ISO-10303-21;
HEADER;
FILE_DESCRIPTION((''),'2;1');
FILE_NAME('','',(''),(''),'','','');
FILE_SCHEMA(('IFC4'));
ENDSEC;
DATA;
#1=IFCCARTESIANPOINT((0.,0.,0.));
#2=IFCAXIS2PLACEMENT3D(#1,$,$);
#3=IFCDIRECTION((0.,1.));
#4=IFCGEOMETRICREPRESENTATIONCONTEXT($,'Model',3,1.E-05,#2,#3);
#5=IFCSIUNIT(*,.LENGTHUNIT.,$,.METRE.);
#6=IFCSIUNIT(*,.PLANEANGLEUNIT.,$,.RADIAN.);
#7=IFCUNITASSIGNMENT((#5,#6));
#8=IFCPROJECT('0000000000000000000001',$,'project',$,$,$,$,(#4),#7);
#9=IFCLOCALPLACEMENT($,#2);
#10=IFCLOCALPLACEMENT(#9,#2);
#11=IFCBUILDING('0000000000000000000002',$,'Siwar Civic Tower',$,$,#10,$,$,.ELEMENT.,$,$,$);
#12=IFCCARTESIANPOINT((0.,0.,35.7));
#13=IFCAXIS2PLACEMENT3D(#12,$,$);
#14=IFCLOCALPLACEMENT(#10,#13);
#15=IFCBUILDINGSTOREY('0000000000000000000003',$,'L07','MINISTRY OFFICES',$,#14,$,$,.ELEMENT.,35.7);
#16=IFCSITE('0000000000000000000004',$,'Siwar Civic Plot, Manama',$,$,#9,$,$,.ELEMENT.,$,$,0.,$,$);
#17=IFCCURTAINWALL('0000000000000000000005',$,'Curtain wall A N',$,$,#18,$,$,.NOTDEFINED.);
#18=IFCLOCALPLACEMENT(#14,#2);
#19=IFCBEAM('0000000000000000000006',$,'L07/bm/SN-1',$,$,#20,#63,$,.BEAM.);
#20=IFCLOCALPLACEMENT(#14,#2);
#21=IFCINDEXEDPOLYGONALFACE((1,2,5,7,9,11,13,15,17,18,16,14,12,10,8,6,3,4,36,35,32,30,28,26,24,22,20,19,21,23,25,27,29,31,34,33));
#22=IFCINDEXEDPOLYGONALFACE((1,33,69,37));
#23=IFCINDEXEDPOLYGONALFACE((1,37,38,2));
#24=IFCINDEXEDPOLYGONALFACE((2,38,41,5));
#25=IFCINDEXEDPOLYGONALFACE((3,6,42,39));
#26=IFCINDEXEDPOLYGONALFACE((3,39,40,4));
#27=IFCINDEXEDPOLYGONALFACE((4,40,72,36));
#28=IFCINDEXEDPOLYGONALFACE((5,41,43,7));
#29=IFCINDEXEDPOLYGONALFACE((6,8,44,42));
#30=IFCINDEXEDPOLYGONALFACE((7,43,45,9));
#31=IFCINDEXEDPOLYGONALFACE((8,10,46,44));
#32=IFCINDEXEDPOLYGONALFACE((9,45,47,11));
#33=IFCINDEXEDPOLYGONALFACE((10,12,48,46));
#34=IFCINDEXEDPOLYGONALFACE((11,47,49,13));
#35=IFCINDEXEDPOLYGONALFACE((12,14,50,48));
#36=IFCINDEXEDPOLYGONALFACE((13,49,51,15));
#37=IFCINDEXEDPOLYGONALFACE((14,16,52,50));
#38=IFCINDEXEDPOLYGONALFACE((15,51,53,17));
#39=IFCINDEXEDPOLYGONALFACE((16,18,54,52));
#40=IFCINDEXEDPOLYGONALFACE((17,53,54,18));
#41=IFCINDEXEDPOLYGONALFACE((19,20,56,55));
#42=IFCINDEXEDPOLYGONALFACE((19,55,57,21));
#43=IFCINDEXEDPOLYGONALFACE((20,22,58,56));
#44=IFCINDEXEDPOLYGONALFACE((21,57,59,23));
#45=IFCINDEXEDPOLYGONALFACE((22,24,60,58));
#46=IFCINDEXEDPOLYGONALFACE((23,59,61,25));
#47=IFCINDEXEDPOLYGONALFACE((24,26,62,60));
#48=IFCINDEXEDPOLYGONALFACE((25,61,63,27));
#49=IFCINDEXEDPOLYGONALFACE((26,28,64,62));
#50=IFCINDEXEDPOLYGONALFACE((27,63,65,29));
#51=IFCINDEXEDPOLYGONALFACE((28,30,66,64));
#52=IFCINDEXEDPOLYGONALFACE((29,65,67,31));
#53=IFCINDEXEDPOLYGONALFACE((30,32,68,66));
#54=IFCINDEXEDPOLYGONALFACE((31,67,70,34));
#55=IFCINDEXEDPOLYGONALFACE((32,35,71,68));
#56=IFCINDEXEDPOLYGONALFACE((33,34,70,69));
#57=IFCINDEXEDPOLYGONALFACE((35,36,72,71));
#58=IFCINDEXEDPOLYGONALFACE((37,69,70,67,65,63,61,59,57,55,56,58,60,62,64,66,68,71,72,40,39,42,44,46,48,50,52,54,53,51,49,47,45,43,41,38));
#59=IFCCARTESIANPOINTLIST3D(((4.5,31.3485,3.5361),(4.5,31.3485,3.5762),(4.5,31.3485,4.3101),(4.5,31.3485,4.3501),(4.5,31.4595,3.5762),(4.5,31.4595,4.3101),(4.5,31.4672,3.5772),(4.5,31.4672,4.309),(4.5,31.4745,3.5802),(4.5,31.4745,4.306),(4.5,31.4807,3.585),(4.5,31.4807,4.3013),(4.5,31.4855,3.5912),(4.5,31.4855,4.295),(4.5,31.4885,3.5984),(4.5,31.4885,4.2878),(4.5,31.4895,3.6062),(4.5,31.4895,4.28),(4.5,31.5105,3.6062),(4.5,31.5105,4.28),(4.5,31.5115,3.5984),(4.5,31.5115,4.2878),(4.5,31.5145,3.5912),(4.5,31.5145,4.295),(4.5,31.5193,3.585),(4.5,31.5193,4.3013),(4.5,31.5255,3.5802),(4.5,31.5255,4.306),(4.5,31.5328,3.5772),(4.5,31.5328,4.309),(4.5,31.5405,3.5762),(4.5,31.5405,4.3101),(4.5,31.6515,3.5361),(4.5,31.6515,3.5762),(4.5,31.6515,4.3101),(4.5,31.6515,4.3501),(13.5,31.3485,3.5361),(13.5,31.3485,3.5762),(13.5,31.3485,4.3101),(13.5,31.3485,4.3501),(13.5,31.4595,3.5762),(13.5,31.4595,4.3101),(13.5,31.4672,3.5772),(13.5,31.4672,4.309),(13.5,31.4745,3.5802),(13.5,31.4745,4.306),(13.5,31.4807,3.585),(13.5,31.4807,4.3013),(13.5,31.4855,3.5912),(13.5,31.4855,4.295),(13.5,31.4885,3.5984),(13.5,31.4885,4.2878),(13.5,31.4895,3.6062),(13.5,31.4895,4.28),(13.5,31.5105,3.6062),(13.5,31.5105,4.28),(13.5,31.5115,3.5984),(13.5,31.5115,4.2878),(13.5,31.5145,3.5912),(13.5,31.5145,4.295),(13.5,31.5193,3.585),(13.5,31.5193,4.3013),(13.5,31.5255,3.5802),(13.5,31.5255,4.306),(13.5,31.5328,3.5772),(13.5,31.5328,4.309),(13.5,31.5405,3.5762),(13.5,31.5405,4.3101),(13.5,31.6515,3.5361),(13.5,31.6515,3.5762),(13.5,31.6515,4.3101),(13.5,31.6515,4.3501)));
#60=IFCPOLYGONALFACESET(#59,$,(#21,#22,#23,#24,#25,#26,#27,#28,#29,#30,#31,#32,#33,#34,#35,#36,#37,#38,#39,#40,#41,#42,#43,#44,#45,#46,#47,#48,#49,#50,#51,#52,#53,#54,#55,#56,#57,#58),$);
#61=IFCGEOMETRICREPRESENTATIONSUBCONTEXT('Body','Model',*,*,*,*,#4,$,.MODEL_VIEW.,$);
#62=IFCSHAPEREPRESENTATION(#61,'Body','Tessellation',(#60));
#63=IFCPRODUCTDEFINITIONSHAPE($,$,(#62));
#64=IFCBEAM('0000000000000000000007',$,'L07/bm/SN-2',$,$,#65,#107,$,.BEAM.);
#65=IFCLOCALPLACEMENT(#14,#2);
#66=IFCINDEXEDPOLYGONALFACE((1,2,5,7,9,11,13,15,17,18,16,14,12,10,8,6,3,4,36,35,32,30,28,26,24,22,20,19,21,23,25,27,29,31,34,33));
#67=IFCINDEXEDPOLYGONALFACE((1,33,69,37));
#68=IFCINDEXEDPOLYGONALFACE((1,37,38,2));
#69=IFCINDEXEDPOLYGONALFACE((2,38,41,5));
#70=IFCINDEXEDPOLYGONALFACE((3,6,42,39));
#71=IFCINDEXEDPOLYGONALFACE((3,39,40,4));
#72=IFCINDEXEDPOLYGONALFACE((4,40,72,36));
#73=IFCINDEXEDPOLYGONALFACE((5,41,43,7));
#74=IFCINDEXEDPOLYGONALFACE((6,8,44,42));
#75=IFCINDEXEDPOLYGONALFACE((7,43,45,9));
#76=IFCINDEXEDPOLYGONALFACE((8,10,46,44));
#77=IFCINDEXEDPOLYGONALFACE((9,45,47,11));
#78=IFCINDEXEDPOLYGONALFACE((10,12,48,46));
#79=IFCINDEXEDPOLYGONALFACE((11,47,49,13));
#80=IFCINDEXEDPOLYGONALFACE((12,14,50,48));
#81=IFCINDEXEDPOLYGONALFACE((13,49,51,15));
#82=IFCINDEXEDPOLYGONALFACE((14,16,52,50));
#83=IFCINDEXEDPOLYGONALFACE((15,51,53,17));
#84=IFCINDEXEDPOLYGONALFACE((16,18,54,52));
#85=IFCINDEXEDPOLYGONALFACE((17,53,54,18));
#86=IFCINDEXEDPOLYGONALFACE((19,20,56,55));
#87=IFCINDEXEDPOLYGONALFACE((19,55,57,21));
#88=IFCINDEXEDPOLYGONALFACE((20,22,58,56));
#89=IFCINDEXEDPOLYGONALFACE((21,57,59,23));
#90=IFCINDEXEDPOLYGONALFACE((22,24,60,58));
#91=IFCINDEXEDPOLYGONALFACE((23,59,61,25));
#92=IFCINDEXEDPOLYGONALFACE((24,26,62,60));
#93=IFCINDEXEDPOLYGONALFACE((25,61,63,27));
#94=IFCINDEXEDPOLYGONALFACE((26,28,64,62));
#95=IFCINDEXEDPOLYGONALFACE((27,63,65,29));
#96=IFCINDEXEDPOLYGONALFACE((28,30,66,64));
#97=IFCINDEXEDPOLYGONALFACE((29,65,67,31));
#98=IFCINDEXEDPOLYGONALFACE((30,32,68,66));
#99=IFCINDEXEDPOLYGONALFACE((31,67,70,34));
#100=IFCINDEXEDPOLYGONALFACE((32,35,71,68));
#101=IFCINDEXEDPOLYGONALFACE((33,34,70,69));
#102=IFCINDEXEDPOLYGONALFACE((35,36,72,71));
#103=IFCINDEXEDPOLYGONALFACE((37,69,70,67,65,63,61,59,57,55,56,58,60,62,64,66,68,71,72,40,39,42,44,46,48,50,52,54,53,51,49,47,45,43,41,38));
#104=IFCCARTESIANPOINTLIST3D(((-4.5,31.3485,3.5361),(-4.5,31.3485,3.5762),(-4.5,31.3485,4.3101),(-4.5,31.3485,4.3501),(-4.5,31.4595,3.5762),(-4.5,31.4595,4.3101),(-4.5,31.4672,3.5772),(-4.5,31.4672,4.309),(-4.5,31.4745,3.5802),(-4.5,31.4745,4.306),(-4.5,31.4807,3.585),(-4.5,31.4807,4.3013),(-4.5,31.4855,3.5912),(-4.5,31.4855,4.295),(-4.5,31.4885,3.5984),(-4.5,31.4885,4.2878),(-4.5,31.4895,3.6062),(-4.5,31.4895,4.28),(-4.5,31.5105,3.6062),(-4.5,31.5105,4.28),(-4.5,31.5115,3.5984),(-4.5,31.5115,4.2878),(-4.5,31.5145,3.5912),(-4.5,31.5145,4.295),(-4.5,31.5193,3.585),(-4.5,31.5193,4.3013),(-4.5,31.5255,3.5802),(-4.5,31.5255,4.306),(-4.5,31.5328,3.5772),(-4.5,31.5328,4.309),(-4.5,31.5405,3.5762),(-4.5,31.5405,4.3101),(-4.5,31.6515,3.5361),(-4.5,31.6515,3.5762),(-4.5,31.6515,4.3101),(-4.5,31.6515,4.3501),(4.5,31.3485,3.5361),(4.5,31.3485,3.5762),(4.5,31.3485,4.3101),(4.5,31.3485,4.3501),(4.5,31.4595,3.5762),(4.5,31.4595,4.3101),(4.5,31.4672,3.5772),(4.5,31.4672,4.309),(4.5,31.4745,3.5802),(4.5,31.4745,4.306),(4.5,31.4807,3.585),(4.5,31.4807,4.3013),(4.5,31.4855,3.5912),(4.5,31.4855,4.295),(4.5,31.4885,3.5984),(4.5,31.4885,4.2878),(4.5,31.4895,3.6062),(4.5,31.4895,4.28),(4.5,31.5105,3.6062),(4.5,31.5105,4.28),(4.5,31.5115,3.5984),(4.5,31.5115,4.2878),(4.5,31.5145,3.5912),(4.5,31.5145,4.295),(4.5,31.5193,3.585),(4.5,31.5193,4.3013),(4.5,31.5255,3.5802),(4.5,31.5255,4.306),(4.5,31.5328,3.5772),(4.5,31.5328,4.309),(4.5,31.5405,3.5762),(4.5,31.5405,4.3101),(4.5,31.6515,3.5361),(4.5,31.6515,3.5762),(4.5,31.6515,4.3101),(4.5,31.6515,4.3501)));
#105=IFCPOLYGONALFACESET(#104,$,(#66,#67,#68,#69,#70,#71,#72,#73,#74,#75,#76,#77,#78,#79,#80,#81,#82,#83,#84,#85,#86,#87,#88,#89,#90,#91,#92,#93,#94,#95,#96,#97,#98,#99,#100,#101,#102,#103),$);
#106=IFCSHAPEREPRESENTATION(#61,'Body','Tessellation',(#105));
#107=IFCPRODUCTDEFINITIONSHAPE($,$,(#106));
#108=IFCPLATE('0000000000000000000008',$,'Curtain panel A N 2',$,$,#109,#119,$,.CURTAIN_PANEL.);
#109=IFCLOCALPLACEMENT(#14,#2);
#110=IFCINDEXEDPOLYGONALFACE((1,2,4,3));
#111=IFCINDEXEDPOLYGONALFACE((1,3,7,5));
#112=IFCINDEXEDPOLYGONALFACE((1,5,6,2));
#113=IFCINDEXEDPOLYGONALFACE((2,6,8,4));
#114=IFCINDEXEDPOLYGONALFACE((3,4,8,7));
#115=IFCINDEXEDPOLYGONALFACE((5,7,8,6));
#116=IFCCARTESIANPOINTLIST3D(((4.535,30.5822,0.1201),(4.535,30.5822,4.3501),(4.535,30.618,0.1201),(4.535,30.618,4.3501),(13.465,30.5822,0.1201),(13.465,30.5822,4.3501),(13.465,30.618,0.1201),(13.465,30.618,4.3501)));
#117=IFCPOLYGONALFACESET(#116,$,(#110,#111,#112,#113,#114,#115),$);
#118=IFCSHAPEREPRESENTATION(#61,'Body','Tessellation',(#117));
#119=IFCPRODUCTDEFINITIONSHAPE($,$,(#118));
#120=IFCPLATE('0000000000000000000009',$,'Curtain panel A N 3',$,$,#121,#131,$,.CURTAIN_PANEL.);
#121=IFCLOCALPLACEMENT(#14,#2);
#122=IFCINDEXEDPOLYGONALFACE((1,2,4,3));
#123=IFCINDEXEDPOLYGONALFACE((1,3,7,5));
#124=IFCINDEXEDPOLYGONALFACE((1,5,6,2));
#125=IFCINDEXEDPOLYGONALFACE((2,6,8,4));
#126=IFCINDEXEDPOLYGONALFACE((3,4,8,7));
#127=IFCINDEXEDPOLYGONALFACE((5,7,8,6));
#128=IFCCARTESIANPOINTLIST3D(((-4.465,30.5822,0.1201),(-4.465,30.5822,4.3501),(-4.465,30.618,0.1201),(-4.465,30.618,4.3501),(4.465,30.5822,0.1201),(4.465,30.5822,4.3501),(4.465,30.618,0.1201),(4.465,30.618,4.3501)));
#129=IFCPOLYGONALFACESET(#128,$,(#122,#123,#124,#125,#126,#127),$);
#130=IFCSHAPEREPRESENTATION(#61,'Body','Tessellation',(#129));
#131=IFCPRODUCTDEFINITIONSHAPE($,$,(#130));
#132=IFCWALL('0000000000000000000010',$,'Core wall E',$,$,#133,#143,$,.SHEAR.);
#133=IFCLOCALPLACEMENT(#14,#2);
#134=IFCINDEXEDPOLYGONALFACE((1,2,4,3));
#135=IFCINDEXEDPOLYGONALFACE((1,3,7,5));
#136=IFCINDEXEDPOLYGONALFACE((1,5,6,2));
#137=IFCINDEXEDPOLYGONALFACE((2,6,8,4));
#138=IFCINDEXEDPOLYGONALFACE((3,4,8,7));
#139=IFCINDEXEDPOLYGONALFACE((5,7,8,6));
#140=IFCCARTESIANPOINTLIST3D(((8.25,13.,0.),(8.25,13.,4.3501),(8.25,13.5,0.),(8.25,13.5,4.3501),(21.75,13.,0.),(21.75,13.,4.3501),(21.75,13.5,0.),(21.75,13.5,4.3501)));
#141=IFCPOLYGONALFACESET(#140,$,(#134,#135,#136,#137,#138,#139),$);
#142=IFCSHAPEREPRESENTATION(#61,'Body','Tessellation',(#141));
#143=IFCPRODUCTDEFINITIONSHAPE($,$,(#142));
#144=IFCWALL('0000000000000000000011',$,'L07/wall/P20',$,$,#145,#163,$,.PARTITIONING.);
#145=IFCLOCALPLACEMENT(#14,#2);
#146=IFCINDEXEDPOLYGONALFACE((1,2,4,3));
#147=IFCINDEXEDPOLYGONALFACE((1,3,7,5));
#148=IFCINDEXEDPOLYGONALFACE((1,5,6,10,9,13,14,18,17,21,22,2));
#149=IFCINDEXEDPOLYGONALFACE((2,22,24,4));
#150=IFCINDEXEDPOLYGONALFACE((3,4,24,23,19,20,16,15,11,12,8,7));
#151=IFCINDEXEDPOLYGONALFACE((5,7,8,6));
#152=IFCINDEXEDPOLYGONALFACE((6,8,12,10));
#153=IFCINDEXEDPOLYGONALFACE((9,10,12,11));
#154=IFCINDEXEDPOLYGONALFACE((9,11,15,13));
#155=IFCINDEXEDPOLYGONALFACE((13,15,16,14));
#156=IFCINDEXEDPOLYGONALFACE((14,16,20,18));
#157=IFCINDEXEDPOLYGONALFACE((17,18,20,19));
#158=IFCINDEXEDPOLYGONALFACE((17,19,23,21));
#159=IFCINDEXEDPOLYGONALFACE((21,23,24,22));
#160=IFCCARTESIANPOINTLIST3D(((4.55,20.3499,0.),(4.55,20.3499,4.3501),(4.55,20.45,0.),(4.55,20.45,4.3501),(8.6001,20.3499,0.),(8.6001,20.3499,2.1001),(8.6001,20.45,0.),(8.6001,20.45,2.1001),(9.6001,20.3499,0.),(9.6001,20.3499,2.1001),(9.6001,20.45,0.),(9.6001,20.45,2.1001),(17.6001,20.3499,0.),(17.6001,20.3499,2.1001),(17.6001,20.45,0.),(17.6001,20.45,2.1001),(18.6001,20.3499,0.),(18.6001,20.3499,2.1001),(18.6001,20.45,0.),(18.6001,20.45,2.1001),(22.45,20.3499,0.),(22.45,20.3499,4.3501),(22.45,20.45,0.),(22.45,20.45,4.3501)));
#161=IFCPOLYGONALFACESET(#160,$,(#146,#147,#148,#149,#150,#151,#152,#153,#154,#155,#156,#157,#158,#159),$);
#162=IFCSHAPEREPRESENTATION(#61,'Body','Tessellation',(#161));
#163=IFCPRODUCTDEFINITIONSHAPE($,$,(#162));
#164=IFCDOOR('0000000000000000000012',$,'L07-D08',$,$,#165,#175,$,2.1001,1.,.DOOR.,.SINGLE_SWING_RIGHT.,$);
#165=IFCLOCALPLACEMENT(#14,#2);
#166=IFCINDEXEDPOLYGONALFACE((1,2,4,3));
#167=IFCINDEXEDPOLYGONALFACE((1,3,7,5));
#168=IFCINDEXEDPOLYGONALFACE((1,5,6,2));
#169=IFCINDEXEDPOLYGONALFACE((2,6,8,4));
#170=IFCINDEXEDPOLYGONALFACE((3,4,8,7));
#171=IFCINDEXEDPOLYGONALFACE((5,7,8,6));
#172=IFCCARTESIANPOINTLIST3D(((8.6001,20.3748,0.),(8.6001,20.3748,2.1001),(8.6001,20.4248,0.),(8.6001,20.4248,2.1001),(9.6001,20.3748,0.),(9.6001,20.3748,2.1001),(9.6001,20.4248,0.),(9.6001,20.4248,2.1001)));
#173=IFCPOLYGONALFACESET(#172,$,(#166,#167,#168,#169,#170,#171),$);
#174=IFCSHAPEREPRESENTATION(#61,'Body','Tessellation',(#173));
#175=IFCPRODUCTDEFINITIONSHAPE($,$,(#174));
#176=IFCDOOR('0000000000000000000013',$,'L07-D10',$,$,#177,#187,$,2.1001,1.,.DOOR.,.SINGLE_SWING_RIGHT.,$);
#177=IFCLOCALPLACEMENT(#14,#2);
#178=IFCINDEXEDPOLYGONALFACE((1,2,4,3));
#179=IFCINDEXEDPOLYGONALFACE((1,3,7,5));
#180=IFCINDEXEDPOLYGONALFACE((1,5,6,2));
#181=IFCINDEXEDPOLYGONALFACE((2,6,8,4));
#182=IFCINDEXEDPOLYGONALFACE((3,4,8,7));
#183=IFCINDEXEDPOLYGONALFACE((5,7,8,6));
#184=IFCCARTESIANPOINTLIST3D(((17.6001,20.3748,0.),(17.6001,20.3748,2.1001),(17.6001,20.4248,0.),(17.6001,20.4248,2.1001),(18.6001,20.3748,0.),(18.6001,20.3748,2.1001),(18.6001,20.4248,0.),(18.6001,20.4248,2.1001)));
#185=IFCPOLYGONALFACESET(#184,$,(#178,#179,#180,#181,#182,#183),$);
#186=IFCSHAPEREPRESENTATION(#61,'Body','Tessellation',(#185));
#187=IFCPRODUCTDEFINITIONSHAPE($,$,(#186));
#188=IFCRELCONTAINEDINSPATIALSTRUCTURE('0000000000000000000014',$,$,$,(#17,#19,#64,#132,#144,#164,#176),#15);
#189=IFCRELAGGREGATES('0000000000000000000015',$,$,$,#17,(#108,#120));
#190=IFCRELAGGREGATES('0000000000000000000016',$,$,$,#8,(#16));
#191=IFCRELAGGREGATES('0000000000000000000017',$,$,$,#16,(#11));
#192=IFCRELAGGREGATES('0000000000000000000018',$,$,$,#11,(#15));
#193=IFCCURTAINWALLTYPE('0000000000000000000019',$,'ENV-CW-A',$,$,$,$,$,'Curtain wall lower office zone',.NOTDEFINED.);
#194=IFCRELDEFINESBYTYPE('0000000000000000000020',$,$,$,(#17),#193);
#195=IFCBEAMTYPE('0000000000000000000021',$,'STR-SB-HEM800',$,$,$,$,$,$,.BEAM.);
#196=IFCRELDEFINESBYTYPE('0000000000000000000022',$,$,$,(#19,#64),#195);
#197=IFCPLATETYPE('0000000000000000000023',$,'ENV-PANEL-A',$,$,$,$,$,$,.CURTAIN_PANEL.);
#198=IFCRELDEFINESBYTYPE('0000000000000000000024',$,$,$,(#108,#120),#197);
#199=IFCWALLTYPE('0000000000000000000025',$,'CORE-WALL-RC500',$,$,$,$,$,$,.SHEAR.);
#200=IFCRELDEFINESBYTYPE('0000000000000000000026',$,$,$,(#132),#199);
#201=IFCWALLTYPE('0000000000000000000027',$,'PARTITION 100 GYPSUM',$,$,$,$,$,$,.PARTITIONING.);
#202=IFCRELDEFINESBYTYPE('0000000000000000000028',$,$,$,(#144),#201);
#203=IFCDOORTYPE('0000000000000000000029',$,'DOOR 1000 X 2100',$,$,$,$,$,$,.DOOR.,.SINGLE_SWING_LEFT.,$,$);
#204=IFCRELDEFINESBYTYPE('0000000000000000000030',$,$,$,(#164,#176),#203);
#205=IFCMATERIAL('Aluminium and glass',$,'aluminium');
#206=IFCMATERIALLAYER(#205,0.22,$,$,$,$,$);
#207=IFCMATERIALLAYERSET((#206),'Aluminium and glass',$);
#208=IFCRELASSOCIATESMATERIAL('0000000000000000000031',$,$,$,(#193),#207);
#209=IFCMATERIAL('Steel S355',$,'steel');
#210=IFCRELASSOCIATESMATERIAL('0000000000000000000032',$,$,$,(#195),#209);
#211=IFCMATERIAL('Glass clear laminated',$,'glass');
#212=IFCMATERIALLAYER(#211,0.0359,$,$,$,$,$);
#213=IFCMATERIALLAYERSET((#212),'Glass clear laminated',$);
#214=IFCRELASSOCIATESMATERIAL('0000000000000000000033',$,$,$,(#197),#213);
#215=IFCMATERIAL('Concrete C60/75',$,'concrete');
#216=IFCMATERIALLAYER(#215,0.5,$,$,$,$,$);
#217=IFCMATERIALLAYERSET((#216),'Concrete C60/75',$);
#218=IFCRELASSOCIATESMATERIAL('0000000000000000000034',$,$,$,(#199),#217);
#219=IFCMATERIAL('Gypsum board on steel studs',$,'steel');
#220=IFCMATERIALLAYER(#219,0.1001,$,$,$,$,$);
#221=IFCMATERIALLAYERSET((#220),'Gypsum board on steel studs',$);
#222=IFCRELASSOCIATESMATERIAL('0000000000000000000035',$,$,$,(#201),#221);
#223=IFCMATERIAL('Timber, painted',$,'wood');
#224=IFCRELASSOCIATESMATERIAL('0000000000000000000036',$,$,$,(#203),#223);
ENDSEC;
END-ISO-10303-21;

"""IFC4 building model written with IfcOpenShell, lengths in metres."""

from ifc_helpers import new_model, si_unit, direction, frame, frame_2d, origin, origin_2d, place, context, subcontext, project, spatial, rectangle, i_section, extrude, material, layer, layer_set, material_profile, profile_set, type_object, element, fill, aggregate, save


model = new_model("IFC4")

# Units and contexts
model_context = context("Model", 3, precision=1e-05, world=origin(), true_north=direction((0.0, 1.0)))
body_context = subcontext(model_context, "Body", "Model", "MODEL_VIEW")
ifc_project = project(units=[si_unit("LENGTHUNIT", "METRE"), si_unit("PLANEANGLEUNIT", "RADIAN")], contexts=[model_context])

# Site, building, storey
site_placement = place(None, origin())
site = spatial("IfcSite", under=ifc_project, at=site_placement, Name="Siwar Civic Plot, Manama", CompositionType="ELEMENT", RefElevation=0.0)
building_placement = place(site_placement, origin())
building = spatial("IfcBuilding", under=site, at=building_placement, Name="Siwar Civic Tower", CompositionType="ELEMENT")
storey_placement = place(building_placement, frame((0.0, 0.0, 35.7)))
storey = spatial("IfcBuildingStorey", under=building, at=storey_placement, Name="L07", Description="MINISTRY OFFICES", CompositionType="ELEMENT", Elevation=35.7)

# Curtain wall
ifc_material_1 = material(Name="Aluminium and glass", Category="aluminium")
ifc_layer_1 = layer(ifc_material_1, 0.22)
ifc_layer_set_1 = layer_set([ifc_layer_1], Name="Aluminium and glass")
curtain_wall_type = type_object("IfcCurtainWallType", Name="ENV-CW-A", ElementType="Curtain wall lower office zone", PredefinedType="NOTDEFINED", material=ifc_layer_set_1)
curtain_wall_placement = place(storey_placement, origin())
curtain_wall = element("IfcCurtainWall", 1, at=curtain_wall_placement, inside=storey, type_object=curtain_wall_type, Name="Curtain wall A N", PredefinedType="NOTDEFINED")

# Beams
ifc_material_2 = material(Name="Steel S355", Category="steel")
ifc_material_profile_1 = material_profile(ifc_material_2, i_section(OverallWidth=0.303, OverallDepth=0.814, WebThickness=0.021, FlangeThickness=0.04, FilletRadius=0.03, at=origin_2d()), Name="HEM800")
ifc_profile_set_1 = profile_set([ifc_material_profile_1], Name="Steel S355")
beam_type_1 = type_object("IfcBeamType", Name="STR-SB-HEM800", PredefinedType="BEAM", material=ifc_profile_set_1)
for number, where, z_axis, x_axis, name in (
    (2, (13.5, 31.5, 3.9431), (-1.0, 0.0, 0.0), (0.0, -1.0, 0.0), "L07/bm/SN-1"),
    (3, (4.5, 31.5, 3.9431), (-1.0, 0.0, 0.0), (0.0, -1.0, 0.0), "L07/bm/SN-2"),
):
    element("IfcBeam", number, at=place(storey_placement, frame(where, z_axis=z_axis, x_axis=x_axis)), inside=storey, type_object=beam_type_1, Name=name, PredefinedType="BEAM", context=body_context, shape_type="SweptSolid", body=[
        extrude(i_section(OverallWidth=0.303, OverallDepth=0.814, WebThickness=0.021, FlangeThickness=0.04, FilletRadius=0.03, at=origin_2d()), origin(), (0.0, 0.0, 1.0), 9.0),
    ])

# Plates
ifc_material_3 = material(Name="Glass clear laminated", Category="glass")
ifc_layer_2 = layer(ifc_material_3, 0.0359)
ifc_layer_set_2 = layer_set([ifc_layer_2], Name="Glass clear laminated")
plate_type = type_object("IfcPlateType", Name="ENV-PANEL-A", PredefinedType="CURTAIN_PANEL", material=ifc_layer_set_2)
plate_1_placement = place(storey_placement, frame((9.0, 30.6001, 0.1201), z_axis=(0.0, 0.0, 1.0), x_axis=(-1.0, 0.0, 0.0)))
plate_1 = element("IfcPlate", 4, at=plate_1_placement, type_object=plate_type, Name="Curtain panel A N 2", PredefinedType="CURTAIN_PANEL", context=body_context, shape_type="SweptSolid", body=[
    extrude(rectangle(XDim=8.9299, YDim=0.0359, at=origin_2d()), origin(), (0.0, 0.0, 1.0), 4.23),
])
plate_2_placement = place(storey_placement, frame((0.0, 30.6001, 0.1201), z_axis=(0.0, 0.0, 1.0), x_axis=(-1.0, 0.0, 0.0)))
plate_2 = element("IfcPlate", 5, at=plate_2_placement, type_object=plate_type, Name="Curtain panel A N 3", PredefinedType="CURTAIN_PANEL", context=body_context, shape_type="SweptSolid", body=[
    extrude(rectangle(XDim=8.9299, YDim=0.0359, at=origin_2d()), origin(), (0.0, 0.0, 1.0), 4.23),
])
aggregate(curtain_wall, [plate_1, plate_2])

# Wall
ifc_material_4 = material(Name="Concrete C60/75", Category="concrete")
ifc_layer_3 = layer(ifc_material_4, 0.5)
ifc_layer_set_3 = layer_set([ifc_layer_3], Name="Concrete C60/75")
wall_type_1 = type_object("IfcWallType", Name="CORE-WALL-RC500", PredefinedType="SHEAR", material=ifc_layer_set_3)
wall_1_placement = place(storey_placement, frame((8.25, 13.25, 0.0), z_axis=(0.0, 0.0, 1.0), x_axis=(1.0, 0.0, 0.0)))
element("IfcWall", 6, at=wall_1_placement, inside=storey, type_object=wall_type_1, Name="Core wall E", PredefinedType="SHEAR", context=body_context, shape_type="SweptSolid", body=[
    extrude(rectangle(XDim=13.5, YDim=0.5, at=frame_2d((6.75, 0.0))), origin(), (0.0, 0.0, 1.0), 4.3501),
])

# Wall, openings, doors
ifc_material_5 = material(Name="Gypsum board on steel studs", Category="steel")
ifc_layer_4 = layer(ifc_material_5, 0.1001)
ifc_layer_set_4 = layer_set([ifc_layer_4], Name="Gypsum board on steel studs")
wall_type_2 = type_object("IfcWallType", Name="PARTITION 100 GYPSUM", PredefinedType="PARTITIONING", material=ifc_layer_set_4)
wall_2_placement = place(storey_placement, frame((4.55, 20.3999, 0.0), z_axis=(0.0, 0.0, 1.0), x_axis=(1.0, 0.0, 0.0)))
wall_2 = element("IfcWall", 7, at=wall_2_placement, inside=storey, type_object=wall_type_2, Name="L07/wall/P20", PredefinedType="PARTITIONING", context=body_context, shape_type="SweptSolid", body=[
    extrude(rectangle(XDim=17.8999, YDim=0.1001, at=frame_2d((8.95, 0.0))), origin(), (0.0, 0.0, 1.0), 4.3501),
])
opening_1_placement = place(wall_2_placement, frame((4.05, 0.0, 0.0)))
opening_1 = element("IfcOpeningElement", 8, at=opening_1_placement, cuts=wall_2, PredefinedType="OPENING", context=body_context, shape_type="SweptSolid", body=[
    extrude(rectangle(XDim=1.0, YDim=2.1001, at=frame_2d((0.5, 1.05))), frame((0.0, 0.0601, 0.0), z_axis=(0.0, -1.0, 0.0), x_axis=(1.0, 0.0, 0.0)), (0.0, 0.0, 1.0), 0.1201),
])
opening_2_placement = place(wall_2_placement, frame((13.05, 0.0, 0.0)))
opening_2 = element("IfcOpeningElement", 9, at=opening_2_placement, cuts=wall_2, PredefinedType="OPENING", context=body_context, shape_type="SweptSolid", body=[
    extrude(rectangle(XDim=1.0, YDim=2.1001, at=frame_2d((0.5, 1.05))), frame((0.0, 0.0601, 0.0), z_axis=(0.0, -1.0, 0.0), x_axis=(1.0, 0.0, 0.0)), (0.0, 0.0, 1.0), 0.1201),
])
ifc_material_6 = material(Name="Timber, painted", Category="wood")
door_type = type_object("IfcDoorType", Name="DOOR 1000 X 2100", OperationType="SINGLE_SWING_LEFT", PredefinedType="DOOR", material=ifc_material_6)
door_1_placement = place(opening_1_placement, origin())
door_1 = element("IfcDoor", 10, at=door_1_placement, inside=storey, type_object=door_type, Name="L07-D08", OperationType="SINGLE_SWING_RIGHT", OverallHeight=2.1001, OverallWidth=1.0, PredefinedType="DOOR", context=body_context, shape_type="SweptSolid", body=[
    extrude(rectangle(XDim=1.0, YDim=2.1001, at=frame_2d((0.5, 1.05))), frame((0.0, 0.0249, 0.0), z_axis=(0.0, -1.0, 0.0), x_axis=(1.0, 0.0, 0.0)), (0.0, 0.0, 1.0), 0.05),
])
fill(opening_1, door_1)
door_2_placement = place(opening_2_placement, origin())
door_2 = element("IfcDoor", 11, at=door_2_placement, inside=storey, type_object=door_type, Name="L07-D10", OperationType="SINGLE_SWING_RIGHT", OverallHeight=2.1001, OverallWidth=1.0, PredefinedType="DOOR", context=body_context, shape_type="SweptSolid", body=[
    extrude(rectangle(XDim=1.0, YDim=2.1001, at=frame_2d((0.5, 1.05))), frame((0.0, 0.0249, 0.0), z_axis=(0.0, -1.0, 0.0), x_axis=(1.0, 0.0, 0.0)), (0.0, 0.0, 1.0), 0.05),
])
fill(opening_2, door_2)

save(model, "model.ifc")
